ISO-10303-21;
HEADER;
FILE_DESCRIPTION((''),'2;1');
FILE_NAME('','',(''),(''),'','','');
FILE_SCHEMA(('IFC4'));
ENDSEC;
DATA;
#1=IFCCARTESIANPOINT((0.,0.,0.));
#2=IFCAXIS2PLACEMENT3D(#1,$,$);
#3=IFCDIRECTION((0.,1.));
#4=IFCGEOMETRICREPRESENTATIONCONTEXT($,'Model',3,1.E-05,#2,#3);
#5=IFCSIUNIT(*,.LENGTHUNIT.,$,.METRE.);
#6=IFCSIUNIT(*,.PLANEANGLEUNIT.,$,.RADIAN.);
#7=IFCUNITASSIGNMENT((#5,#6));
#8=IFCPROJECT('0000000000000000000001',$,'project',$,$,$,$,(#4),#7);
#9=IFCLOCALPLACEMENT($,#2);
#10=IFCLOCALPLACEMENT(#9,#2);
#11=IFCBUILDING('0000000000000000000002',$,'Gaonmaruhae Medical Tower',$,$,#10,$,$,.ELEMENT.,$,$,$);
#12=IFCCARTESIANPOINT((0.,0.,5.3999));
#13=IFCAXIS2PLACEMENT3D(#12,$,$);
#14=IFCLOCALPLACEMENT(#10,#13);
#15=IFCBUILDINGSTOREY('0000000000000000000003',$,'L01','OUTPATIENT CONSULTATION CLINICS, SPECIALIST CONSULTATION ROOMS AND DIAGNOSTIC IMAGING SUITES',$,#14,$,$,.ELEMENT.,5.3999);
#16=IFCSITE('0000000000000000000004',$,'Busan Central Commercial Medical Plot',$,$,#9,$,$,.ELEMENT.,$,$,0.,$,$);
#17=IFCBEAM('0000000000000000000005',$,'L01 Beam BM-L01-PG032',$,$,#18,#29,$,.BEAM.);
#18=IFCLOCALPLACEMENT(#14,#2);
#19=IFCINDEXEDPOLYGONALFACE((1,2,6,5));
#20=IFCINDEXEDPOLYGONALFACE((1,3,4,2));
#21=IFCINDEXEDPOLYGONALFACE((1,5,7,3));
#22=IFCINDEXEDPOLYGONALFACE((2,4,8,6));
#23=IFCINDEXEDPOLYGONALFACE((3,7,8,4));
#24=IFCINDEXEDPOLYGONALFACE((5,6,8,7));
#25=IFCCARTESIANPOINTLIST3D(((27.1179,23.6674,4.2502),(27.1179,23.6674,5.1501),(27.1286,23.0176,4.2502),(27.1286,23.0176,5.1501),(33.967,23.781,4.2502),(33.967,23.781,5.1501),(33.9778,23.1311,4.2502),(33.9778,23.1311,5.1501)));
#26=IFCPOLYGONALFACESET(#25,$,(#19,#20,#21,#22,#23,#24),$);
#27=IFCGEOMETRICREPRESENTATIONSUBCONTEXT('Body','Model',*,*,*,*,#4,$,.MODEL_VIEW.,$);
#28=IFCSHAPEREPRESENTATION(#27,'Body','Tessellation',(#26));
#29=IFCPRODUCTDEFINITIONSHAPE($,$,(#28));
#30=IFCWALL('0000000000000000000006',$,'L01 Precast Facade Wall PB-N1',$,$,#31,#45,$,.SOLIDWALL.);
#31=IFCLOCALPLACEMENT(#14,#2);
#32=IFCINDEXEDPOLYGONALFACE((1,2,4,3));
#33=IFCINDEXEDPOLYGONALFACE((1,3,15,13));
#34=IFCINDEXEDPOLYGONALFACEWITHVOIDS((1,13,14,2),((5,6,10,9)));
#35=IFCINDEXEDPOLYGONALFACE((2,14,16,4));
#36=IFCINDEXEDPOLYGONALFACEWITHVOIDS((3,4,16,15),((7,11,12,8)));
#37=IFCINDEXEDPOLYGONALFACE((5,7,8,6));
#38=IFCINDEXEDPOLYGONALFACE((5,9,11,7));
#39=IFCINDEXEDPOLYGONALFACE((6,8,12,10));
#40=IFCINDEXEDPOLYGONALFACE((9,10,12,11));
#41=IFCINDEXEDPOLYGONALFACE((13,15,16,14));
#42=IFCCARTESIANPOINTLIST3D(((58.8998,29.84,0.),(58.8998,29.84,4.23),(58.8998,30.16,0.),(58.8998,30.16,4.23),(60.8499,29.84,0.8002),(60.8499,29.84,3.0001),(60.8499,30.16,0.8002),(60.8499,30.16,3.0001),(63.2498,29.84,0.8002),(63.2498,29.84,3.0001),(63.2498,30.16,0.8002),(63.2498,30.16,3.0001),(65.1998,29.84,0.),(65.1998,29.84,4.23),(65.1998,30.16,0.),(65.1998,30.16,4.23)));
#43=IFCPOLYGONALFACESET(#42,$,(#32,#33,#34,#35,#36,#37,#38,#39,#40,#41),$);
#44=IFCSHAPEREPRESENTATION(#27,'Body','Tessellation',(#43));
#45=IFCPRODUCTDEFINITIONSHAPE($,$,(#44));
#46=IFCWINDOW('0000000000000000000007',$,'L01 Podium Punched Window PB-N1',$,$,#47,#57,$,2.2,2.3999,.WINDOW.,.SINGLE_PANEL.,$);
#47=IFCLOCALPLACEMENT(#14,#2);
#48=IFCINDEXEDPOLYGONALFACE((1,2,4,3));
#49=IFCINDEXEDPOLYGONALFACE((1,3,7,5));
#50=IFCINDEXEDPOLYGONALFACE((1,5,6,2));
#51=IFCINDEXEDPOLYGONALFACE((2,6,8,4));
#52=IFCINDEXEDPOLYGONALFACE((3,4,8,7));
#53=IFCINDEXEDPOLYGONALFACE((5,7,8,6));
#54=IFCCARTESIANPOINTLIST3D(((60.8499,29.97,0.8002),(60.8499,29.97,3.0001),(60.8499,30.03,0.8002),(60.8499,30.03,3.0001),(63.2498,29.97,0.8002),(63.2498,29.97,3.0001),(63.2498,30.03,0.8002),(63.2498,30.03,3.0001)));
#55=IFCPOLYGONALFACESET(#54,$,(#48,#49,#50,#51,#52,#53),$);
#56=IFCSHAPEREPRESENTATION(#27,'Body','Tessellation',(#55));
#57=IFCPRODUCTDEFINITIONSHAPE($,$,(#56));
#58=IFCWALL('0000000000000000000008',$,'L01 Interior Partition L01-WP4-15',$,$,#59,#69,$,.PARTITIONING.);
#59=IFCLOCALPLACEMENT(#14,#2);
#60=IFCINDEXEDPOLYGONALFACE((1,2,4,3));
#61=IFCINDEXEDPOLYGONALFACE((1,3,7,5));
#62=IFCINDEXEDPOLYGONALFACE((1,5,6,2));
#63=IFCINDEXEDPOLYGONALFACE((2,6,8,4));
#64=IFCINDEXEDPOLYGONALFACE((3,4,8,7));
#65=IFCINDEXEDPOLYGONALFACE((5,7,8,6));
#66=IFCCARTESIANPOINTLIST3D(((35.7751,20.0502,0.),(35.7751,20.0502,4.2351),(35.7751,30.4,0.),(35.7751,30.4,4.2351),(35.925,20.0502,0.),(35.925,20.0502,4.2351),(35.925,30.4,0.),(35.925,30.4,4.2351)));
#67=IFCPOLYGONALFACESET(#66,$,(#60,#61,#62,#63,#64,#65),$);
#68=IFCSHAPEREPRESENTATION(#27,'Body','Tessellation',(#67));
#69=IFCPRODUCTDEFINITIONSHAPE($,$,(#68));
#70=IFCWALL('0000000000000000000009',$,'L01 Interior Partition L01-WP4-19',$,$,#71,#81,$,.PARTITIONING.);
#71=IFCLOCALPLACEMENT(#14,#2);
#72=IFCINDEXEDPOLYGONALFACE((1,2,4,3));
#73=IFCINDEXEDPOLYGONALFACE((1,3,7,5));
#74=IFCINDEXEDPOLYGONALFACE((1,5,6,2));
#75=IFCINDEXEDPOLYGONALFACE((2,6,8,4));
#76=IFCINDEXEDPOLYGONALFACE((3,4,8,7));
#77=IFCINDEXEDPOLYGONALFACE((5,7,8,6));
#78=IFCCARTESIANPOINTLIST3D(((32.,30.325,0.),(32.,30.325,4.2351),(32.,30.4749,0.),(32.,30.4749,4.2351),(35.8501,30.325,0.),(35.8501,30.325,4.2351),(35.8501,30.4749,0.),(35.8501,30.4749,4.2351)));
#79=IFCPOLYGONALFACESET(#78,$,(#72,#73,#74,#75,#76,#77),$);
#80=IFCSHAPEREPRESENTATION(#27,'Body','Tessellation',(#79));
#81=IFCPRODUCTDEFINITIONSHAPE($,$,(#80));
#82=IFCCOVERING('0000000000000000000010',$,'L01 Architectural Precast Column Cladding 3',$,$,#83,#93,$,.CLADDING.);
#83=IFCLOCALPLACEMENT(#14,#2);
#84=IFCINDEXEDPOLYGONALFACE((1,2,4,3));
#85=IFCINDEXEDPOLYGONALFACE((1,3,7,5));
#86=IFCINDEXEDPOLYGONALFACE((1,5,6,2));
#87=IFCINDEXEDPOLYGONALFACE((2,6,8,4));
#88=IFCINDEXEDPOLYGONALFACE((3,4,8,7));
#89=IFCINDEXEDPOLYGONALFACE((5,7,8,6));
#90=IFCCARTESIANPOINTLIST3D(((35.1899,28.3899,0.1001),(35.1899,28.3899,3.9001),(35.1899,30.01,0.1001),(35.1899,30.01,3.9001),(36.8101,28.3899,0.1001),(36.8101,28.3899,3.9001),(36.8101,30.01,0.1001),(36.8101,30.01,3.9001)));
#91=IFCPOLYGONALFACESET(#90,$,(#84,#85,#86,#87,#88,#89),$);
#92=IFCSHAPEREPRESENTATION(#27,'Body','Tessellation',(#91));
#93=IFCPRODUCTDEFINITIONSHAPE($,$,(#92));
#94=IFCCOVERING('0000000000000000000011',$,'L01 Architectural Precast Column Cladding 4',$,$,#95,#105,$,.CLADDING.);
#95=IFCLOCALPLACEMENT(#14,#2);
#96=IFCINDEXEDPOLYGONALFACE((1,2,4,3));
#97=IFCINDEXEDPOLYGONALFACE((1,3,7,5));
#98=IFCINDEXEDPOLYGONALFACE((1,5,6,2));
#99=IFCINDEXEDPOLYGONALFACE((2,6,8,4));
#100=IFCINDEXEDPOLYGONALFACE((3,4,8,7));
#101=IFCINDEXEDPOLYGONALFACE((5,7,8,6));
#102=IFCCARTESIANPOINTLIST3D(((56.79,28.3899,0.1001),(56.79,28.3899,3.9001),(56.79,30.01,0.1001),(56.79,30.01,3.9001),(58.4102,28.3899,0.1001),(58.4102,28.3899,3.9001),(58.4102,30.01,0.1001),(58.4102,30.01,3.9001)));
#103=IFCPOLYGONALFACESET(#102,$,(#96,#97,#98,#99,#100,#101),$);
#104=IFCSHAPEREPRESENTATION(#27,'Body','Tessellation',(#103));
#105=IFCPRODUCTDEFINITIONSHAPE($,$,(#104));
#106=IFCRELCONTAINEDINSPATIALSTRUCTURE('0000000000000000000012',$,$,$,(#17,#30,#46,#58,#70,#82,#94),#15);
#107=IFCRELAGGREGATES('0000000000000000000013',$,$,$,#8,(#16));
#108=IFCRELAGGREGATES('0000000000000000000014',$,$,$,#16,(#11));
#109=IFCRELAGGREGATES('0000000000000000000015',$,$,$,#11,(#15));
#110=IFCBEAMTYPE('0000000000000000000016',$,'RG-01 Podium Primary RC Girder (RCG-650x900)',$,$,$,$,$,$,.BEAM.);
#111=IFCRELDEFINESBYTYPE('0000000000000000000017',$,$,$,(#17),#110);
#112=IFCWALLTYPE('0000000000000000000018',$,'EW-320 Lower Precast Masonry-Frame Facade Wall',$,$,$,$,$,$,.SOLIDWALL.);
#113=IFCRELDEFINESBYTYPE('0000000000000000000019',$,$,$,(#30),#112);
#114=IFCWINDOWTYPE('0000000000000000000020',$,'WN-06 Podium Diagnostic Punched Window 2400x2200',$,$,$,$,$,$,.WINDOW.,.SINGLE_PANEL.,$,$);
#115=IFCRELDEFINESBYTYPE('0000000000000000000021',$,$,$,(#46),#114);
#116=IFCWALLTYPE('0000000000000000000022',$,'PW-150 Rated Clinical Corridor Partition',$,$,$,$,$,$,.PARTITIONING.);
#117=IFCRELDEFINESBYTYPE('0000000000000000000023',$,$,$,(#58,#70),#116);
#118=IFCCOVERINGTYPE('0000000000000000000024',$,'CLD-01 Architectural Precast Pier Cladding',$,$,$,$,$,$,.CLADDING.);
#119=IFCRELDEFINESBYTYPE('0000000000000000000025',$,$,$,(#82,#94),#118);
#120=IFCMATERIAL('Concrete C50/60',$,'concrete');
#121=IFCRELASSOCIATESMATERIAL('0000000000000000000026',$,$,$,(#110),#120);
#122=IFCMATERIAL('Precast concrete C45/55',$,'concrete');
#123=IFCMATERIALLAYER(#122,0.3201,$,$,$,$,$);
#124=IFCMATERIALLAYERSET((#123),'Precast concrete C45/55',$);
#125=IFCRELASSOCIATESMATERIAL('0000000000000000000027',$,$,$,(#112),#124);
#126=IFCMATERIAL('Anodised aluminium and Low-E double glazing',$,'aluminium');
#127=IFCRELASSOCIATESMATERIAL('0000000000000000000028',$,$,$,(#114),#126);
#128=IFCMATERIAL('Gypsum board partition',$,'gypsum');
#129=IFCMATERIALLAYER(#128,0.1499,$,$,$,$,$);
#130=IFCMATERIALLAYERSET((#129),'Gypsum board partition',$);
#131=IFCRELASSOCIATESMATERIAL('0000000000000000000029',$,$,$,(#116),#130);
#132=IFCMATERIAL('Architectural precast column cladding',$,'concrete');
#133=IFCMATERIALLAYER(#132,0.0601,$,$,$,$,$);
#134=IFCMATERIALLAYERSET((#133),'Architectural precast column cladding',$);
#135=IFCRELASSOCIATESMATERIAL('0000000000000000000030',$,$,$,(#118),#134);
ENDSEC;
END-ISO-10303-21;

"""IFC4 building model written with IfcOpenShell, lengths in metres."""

from ifc_helpers import new_model, si_unit, direction, frame, frame_2d, origin, origin_2d, place, context, subcontext, project, spatial, rectangle, extrude, material, layer, layer_set, material_profile, profile_set, type_object, element, fill, save


model = new_model("IFC4")

# Units and contexts
model_context = context("Model", 3, precision=1e-05, world=origin(), true_north=direction((0.0, 1.0)))
body_context = subcontext(model_context, "Body", "Model", "MODEL_VIEW")
ifc_project = project(units=[si_unit("LENGTHUNIT", "METRE"), si_unit("PLANEANGLEUNIT", "RADIAN")], contexts=[model_context])

# Site, building, storey
site_placement = place(None, origin())
site = spatial("IfcSite", under=ifc_project, at=site_placement, Name="Busan Central Commercial Medical Plot", CompositionType="ELEMENT", RefElevation=0.0)
building_placement = place(site_placement, origin())
building = spatial("IfcBuilding", under=site, at=building_placement, Name="Gaonmaruhae Medical Tower", CompositionType="ELEMENT")
storey_placement = place(building_placement, frame((0.0, 0.0, 5.3999)))
storey = spatial("IfcBuildingStorey", under=building, at=storey_placement, Name="L01", Description="OUTPATIENT CONSULTATION CLINICS, SPECIALIST CONSULTATION ROOMS AND DIAGNOSTIC IMAGING SUITES", CompositionType="ELEMENT", Elevation=5.3999)

# Shared definitions
ifc_material_1 = material(Name="Concrete C50/60", Category="concrete")

# Beam
ifc_material_profile_1 = material_profile(ifc_material_1, rectangle(XDim=0.6499, YDim=0.8999, at=origin_2d()), Name="RCG-650x900")
ifc_profile_set_1 = profile_set([ifc_material_profile_1], Name="Concrete C50/60")
beam_type_1 = type_object("IfcBeamType", Name="RG-01 Podium Primary RC Girder (RCG-650x900)", PredefinedType="BEAM", material=ifc_profile_set_1)
beam_1_placement = place(storey_placement, frame((33.9724, 23.4561, 4.7002), z_axis=(-0.999863, -0.016573, 0.0), x_axis=(0.016573, -0.999863, 0.0)))
element("IfcBeam", 1, at=beam_1_placement, inside=storey, type_object=beam_type_1, Name="L01 Beam BM-L01-PG032", PredefinedType="BEAM", context=body_context, shape_type="SweptSolid", body=[
    extrude(rectangle(XDim=0.6499, YDim=0.8999, at=origin_2d()), origin(), (0.0, 0.0, 1.0), 6.8501),
])

# Wall, opening, window
ifc_material_2 = material(Name="Precast concrete C45/55", Category="concrete")
ifc_layer_1 = layer(ifc_material_2, 0.3201)
ifc_layer_set_1 = layer_set([ifc_layer_1], Name="Precast concrete C45/55")
wall_type_1 = type_object("IfcWallType", Name="EW-320 Lower Precast Masonry-Frame Facade Wall", PredefinedType="SOLIDWALL", material=ifc_layer_set_1)
wall_1_placement = place(storey_placement, frame((58.8999, 30.0, 0.0), z_axis=(0.0, 0.0, 1.0), x_axis=(1.0, 0.0, 0.0)))
wall_1 = element("IfcWall", 2, at=wall_1_placement, inside=storey, type_object=wall_type_1, Name="L01 Precast Facade Wall PB-N1", PredefinedType="SOLIDWALL", context=body_context, shape_type="SweptSolid", body=[
    extrude(rectangle(XDim=6.3, YDim=0.3201, at=frame_2d((3.1499, 0.0))), origin(), (0.0, 0.0, 1.0), 4.23),
])
opening_1_placement = place(wall_1_placement, frame((1.95, 0.0, 0.8)))
opening_1 = element("IfcOpeningElement", 3, at=opening_1_placement, cuts=wall_1, PredefinedType="OPENING", context=body_context, shape_type="SweptSolid", body=[
    extrude(rectangle(XDim=2.3999, YDim=2.2, at=frame_2d((1.2, 1.1001))), frame((0.0, 0.1699, 0.0), z_axis=(0.0, -1.0, 0.0), x_axis=(1.0, 0.0, 0.0)), (0.0, 0.0, 1.0), 0.3401),
])
ifc_material_3 = material(Name="Anodised aluminium and Low-E double glazing", Category="aluminium")
window_type = type_object("IfcWindowType", Name="WN-06 Podium Diagnostic Punched Window 2400x2200", PartitioningType="SINGLE_PANEL", PredefinedType="WINDOW", material=ifc_material_3)
window_placement = place(opening_1_placement, origin())
window = element("IfcWindow", 4, at=window_placement, inside=storey, type_object=window_type, Name="L01 Podium Punched Window PB-N1", OverallHeight=2.2, OverallWidth=2.3999, PartitioningType="SINGLE_PANEL", PredefinedType="WINDOW", context=body_context, shape_type="SweptSolid", body=[
    extrude(rectangle(XDim=2.3999, YDim=2.2, at=frame_2d((1.2, 1.1001))), frame((0.0, 0.03, 0.0), z_axis=(0.0, -1.0, 0.0), x_axis=(1.0, 0.0, 0.0)), (0.0, 0.0, 1.0), 0.0601),
])
fill(opening_1, window)

# Walls
ifc_material_4 = material(Name="Gypsum board partition", Category="gypsum")
ifc_layer_2 = layer(ifc_material_4, 0.1499)
ifc_layer_set_2 = layer_set([ifc_layer_2], Name="Gypsum board partition")
wall_type_2 = type_object("IfcWallType", Name="PW-150 Rated Clinical Corridor Partition", PredefinedType="PARTITIONING", material=ifc_layer_set_2)
wall_2_placement = place(storey_placement, frame((35.8501, 30.3999, 0.0), z_axis=(0.0, 0.0, 1.0), x_axis=(0.0, -1.0, 0.0)))
element("IfcWall", 5, at=wall_2_placement, inside=storey, type_object=wall_type_2, Name="L01 Interior Partition L01-WP4-15", PredefinedType="PARTITIONING", context=body_context, shape_type="SweptSolid", body=[
    extrude(rectangle(XDim=10.3499, YDim=0.1499, at=frame_2d((5.1748, 0.0))), origin(), (0.0, 0.0, 1.0), 4.2351),
])
wall_3_placement = place(storey_placement, frame((32.0, 30.3999, 0.0), z_axis=(0.0, 0.0, 1.0), x_axis=(1.0, 0.0, 0.0)))
element("IfcWall", 6, at=wall_3_placement, inside=storey, type_object=wall_type_2, Name="L01 Interior Partition L01-WP4-19", PredefinedType="PARTITIONING", context=body_context, shape_type="SweptSolid", body=[
    extrude(rectangle(XDim=3.8501, YDim=0.1499, at=frame_2d((1.925, 0.0))), origin(), (0.0, 0.0, 1.0), 4.2351),
])

# Coverings
ifc_material_5 = material(Name="Architectural precast column cladding", Category="concrete")
ifc_layer_3 = layer(ifc_material_5, 0.0601)
ifc_layer_set_3 = layer_set([ifc_layer_3], Name="Architectural precast column cladding")
covering_type = type_object("IfcCoveringType", Name="CLD-01 Architectural Precast Pier Cladding", PredefinedType="CLADDING", material=ifc_layer_set_3)
for number, where, z_axis, x_axis, name in (
    (7, (36.0, 29.2, 0.1001), (0.0, 0.0, 1.0), (1.0, 0.0, 0.0), "L01 Architectural Precast Column Cladding 3"),
    (8, (57.6001, 29.2, 0.1001), (0.0, 0.0, 1.0), (1.0, 0.0, 0.0), "L01 Architectural Precast Column Cladding 4"),
):
    element("IfcCovering", number, at=place(storey_placement, frame(where, z_axis=z_axis, x_axis=x_axis)), inside=storey, type_object=covering_type, Name=name, PredefinedType="CLADDING", context=body_context, shape_type="SweptSolid", body=[
        extrude(rectangle(XDim=1.6201, YDim=1.6201, at=origin_2d()), origin(), (0.0, 0.0, 1.0), 3.8),
    ])

save(model, "model.ifc")
